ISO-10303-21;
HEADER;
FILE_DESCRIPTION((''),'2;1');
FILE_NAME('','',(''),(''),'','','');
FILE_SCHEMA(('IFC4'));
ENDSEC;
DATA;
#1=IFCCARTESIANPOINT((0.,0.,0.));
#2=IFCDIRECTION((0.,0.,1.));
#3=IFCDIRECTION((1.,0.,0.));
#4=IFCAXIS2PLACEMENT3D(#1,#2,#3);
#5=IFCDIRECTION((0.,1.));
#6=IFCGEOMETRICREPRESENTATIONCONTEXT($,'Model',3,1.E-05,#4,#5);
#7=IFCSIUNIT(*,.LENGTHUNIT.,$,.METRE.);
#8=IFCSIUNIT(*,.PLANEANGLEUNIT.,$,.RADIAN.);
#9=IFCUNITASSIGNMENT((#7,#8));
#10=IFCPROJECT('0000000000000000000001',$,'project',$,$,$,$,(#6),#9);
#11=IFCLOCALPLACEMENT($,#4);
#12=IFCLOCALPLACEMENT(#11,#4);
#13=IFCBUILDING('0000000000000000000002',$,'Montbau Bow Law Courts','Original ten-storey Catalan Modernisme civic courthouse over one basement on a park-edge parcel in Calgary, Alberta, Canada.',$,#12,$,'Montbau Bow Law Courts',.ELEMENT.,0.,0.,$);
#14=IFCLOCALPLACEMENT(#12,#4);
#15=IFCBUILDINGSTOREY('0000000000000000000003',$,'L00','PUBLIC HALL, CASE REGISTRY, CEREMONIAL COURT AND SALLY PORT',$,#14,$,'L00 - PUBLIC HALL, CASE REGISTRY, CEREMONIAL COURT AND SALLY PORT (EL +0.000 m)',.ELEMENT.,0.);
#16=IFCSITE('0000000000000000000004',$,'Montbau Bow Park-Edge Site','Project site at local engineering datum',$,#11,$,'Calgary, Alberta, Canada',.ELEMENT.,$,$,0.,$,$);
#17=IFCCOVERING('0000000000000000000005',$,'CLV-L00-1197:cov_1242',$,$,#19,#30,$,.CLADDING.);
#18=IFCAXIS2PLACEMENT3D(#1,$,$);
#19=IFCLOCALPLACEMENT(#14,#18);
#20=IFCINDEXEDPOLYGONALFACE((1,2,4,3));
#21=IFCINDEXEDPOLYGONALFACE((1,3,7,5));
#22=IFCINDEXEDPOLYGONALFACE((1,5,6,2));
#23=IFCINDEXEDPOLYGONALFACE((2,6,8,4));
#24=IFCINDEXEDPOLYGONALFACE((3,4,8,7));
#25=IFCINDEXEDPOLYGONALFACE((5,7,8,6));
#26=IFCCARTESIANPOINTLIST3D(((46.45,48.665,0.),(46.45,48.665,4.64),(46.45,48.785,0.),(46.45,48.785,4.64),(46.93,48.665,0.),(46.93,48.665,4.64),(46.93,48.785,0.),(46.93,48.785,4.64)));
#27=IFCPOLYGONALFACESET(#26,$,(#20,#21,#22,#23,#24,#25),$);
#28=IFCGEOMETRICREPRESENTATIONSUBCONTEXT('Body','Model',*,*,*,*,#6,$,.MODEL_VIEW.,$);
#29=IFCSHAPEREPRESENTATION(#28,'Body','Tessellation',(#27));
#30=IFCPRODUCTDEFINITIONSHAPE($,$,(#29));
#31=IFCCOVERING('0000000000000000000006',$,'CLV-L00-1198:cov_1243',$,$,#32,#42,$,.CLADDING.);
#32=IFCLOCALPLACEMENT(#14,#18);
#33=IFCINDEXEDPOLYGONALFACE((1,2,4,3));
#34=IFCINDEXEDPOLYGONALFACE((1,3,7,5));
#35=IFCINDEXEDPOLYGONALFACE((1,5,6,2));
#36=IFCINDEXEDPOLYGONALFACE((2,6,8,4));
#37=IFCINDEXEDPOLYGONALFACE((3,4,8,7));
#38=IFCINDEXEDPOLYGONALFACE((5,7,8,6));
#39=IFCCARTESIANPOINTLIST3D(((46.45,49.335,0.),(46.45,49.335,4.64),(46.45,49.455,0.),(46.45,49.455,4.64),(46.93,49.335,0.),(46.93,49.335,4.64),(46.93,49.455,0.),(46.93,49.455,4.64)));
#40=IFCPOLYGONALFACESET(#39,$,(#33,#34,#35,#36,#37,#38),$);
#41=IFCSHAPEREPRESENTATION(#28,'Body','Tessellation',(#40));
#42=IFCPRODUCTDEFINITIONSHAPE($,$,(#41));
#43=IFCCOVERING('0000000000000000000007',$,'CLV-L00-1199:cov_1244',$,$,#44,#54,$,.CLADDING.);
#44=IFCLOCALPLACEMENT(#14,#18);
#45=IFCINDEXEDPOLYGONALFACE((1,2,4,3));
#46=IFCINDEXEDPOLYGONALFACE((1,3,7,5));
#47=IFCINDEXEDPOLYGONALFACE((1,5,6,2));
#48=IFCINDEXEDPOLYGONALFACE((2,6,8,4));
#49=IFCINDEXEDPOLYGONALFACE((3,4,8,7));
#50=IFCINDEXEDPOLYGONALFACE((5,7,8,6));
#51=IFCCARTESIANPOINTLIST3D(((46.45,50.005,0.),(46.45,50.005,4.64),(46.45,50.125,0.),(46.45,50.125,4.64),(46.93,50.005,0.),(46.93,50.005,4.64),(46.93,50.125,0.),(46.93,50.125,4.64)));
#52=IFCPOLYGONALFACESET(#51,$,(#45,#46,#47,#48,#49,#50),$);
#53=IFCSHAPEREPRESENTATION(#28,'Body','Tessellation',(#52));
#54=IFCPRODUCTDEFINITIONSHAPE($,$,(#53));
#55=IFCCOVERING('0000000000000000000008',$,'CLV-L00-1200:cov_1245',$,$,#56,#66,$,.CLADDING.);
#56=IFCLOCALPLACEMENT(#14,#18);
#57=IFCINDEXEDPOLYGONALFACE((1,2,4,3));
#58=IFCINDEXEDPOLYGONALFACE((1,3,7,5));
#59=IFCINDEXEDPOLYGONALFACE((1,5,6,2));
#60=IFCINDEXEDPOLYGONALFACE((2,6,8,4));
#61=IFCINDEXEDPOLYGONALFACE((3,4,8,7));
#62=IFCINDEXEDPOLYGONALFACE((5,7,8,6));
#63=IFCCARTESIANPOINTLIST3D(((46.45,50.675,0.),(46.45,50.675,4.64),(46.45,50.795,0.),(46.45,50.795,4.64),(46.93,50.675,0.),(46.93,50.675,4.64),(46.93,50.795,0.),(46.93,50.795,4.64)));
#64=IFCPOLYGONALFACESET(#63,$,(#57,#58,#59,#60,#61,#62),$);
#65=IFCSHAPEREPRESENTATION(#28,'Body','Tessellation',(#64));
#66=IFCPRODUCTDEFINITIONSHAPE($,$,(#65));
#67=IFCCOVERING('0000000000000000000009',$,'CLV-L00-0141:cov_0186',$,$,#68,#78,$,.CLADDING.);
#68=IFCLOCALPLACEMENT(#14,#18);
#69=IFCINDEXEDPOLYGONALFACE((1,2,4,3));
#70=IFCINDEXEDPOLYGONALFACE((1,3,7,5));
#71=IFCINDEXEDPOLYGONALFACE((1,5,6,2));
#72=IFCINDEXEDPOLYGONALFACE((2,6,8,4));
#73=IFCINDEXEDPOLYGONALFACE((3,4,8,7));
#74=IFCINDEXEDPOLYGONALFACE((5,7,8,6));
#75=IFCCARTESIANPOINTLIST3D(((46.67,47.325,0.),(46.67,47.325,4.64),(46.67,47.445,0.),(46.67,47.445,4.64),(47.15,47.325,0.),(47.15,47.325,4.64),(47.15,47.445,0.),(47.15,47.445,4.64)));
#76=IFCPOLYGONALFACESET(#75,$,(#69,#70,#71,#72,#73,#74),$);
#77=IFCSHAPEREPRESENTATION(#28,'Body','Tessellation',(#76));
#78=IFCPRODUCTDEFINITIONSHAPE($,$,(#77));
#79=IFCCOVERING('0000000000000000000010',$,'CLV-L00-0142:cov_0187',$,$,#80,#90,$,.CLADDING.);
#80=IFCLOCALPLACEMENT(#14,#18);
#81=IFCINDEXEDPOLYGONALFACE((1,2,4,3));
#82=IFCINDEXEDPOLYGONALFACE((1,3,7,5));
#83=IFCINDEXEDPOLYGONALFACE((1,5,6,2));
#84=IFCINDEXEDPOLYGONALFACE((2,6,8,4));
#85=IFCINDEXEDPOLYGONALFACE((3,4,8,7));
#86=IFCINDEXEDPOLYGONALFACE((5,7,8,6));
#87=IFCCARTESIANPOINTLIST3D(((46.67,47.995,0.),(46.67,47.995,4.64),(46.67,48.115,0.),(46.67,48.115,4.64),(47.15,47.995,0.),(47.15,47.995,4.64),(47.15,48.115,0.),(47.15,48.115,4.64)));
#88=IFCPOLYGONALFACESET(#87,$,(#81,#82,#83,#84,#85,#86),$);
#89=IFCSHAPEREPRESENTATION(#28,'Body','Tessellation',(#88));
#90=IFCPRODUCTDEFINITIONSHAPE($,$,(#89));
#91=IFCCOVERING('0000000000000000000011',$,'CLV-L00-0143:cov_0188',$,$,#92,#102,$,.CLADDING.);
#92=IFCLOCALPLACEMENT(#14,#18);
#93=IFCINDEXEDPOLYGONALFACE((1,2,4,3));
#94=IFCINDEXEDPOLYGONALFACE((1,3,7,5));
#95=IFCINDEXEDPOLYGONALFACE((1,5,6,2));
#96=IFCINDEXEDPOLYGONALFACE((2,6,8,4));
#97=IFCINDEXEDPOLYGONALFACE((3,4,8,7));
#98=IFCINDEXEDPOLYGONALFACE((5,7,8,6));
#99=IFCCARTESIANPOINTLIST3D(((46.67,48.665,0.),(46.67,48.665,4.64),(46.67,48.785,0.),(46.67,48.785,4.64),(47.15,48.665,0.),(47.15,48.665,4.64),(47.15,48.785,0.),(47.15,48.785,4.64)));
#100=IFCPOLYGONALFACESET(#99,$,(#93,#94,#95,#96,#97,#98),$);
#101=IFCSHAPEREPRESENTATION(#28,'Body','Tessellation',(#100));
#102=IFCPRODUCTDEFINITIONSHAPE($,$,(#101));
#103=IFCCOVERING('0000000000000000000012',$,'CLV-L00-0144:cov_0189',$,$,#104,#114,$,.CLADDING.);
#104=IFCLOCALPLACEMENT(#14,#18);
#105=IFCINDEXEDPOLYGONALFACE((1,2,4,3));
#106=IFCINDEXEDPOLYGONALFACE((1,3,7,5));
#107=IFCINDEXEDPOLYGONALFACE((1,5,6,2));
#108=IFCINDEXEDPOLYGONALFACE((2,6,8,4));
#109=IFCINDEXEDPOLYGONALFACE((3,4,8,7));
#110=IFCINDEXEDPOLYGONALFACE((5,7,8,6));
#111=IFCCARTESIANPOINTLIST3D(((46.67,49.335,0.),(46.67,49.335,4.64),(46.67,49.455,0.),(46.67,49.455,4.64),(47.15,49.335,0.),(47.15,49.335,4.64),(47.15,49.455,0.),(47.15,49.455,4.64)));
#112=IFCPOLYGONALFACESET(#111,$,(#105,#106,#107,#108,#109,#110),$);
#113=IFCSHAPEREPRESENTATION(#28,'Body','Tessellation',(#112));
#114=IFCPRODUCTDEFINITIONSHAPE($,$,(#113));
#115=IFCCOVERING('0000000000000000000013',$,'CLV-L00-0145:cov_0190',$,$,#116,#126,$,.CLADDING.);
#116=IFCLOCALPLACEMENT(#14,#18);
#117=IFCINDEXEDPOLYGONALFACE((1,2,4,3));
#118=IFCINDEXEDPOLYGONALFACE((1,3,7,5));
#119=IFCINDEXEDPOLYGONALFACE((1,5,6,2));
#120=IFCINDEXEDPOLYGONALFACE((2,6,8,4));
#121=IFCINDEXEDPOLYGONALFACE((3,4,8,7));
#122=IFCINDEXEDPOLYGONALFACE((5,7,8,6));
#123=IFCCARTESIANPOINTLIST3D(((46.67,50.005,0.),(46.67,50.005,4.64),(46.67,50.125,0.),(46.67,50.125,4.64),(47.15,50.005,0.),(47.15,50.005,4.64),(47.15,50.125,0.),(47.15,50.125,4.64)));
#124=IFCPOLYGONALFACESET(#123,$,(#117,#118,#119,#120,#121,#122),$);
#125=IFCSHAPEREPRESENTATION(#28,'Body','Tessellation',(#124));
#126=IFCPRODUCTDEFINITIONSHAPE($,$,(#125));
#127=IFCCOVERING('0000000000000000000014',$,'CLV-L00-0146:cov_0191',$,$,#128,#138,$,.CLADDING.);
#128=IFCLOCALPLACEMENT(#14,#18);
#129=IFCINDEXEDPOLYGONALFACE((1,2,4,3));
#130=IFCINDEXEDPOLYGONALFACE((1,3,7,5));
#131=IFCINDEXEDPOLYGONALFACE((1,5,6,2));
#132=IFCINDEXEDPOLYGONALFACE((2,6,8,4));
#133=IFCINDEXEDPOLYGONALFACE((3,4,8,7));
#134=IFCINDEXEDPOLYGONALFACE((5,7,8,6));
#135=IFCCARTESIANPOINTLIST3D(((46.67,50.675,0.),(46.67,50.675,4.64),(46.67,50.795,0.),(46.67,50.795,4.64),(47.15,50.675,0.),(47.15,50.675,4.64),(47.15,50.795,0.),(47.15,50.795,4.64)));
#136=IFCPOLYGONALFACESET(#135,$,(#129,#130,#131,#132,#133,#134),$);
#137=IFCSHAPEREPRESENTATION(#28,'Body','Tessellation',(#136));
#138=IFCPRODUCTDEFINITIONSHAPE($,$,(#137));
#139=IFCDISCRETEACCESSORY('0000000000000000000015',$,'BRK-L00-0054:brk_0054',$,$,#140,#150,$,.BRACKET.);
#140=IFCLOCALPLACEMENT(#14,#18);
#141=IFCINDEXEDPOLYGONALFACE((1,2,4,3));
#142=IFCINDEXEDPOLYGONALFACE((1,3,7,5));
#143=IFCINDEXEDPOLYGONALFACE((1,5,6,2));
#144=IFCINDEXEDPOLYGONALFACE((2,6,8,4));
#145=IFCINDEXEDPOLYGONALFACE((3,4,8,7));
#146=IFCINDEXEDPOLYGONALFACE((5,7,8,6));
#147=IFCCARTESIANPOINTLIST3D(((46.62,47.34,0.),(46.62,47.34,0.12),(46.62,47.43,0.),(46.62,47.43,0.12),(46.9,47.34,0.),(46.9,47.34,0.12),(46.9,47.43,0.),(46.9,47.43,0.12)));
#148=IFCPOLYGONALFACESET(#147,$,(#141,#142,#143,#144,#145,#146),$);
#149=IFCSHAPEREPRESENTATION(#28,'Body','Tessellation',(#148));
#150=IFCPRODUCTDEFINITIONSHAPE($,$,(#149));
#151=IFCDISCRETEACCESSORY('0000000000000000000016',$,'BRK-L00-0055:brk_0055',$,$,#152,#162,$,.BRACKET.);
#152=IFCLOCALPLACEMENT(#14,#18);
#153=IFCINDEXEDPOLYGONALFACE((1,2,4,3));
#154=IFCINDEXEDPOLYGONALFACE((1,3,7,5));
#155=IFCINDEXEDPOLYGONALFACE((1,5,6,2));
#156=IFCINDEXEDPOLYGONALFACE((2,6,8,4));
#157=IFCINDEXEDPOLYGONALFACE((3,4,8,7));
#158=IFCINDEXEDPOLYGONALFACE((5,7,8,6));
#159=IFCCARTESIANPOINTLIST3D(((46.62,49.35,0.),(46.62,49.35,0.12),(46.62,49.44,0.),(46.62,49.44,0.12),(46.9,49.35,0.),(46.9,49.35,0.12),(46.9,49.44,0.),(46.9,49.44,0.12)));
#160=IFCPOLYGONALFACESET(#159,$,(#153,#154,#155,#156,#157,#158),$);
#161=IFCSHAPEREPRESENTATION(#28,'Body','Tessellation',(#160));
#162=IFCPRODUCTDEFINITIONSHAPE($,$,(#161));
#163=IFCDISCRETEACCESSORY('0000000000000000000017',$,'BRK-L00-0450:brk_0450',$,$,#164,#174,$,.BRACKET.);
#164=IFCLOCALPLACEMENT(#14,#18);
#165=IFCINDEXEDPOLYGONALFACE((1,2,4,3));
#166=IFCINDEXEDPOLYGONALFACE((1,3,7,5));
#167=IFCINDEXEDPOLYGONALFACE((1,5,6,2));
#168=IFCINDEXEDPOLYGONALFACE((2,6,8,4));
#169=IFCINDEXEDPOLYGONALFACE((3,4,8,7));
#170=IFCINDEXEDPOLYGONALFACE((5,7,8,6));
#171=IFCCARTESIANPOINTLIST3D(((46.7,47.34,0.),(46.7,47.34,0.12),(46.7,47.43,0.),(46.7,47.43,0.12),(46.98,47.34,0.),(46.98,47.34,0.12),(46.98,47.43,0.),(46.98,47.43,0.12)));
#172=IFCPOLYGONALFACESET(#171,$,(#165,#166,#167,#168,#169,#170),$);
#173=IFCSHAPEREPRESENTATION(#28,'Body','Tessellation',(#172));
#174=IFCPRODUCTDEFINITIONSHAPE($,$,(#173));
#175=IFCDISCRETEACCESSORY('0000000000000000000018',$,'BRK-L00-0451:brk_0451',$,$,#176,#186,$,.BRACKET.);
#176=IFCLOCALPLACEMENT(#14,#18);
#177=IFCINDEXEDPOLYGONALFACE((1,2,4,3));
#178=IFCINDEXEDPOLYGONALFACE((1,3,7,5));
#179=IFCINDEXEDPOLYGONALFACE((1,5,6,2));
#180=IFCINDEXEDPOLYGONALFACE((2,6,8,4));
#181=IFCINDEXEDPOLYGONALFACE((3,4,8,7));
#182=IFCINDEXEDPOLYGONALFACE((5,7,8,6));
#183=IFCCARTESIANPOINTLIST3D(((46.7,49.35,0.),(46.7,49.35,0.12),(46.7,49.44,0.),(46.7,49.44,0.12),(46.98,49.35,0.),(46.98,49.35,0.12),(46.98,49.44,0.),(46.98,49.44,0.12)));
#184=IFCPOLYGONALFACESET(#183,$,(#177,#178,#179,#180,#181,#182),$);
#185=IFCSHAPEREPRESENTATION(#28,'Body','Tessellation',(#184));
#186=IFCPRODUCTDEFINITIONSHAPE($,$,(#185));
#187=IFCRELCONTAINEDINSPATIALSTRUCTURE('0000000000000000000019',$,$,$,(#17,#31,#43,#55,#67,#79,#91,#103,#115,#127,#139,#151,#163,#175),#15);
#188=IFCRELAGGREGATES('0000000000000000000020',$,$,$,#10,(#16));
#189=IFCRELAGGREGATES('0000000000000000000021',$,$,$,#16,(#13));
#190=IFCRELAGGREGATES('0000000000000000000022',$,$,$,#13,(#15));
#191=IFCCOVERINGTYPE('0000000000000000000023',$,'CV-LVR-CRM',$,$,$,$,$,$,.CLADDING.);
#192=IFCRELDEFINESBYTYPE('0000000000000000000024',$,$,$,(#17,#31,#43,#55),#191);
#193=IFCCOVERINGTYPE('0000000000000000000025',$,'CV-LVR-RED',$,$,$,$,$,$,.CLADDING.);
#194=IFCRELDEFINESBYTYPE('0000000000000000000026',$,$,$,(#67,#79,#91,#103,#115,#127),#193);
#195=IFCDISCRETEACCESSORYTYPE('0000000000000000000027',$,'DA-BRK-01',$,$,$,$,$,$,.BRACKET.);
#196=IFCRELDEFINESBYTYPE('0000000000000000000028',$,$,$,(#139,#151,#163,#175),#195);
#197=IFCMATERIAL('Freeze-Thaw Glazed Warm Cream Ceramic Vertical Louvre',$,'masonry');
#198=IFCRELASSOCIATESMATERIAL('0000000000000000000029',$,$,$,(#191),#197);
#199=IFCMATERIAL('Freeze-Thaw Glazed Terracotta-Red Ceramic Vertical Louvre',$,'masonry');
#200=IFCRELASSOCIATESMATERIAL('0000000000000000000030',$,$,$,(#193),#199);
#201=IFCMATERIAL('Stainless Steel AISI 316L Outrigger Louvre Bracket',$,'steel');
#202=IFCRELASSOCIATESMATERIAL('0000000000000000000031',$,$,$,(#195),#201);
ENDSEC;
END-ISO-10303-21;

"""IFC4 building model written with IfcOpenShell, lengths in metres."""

from ifc_helpers import new_model, si_unit, direction, frame, frame_2d, origin_with_axes, origin_2d_with_axis, place, context, subcontext, project, spatial, rectangle, extrude, material, type_object, element, save


model = new_model("IFC4")

# Units and contexts
model_context = context("Model", 3, precision=1e-05, world=origin_with_axes(), true_north=direction((0.0, 1.0)))
body_context = subcontext(model_context, "Body", "Model", "MODEL_VIEW")
ifc_project = project(units=[si_unit("LENGTHUNIT", "METRE"), si_unit("PLANEANGLEUNIT", "RADIAN")], contexts=[model_context])

# Site, building, storey
site_placement = place(None, origin_with_axes())
site = spatial("IfcSite", under=ifc_project, at=site_placement, Name="Montbau Bow Park-Edge Site", Description="Project site at local engineering datum", LongName="Calgary, Alberta, Canada", CompositionType="ELEMENT", RefElevation=0.0)
building_placement = place(site_placement, origin_with_axes())
building = spatial("IfcBuilding", under=site, at=building_placement, Name="Montbau Bow Law Courts", Description="Original ten-storey Catalan Modernisme civic courthouse over one basement on a park-edge parcel in Calgary, Alberta, Canada.", LongName="Montbau Bow Law Courts", CompositionType="ELEMENT", ElevationOfRefHeight=0.0, ElevationOfTerrain=0.0)
storey_placement = place(building_placement, origin_with_axes())
storey = spatial("IfcBuildingStorey", under=building, at=storey_placement, Name="L00", Description="PUBLIC HALL, CASE REGISTRY, CEREMONIAL COURT AND SALLY PORT", LongName="L00 - PUBLIC HALL, CASE REGISTRY, CEREMONIAL COURT AND SALLY PORT (EL +0.000 m)", CompositionType="ELEMENT", Elevation=0.0)

# Coverings
ifc_material_1 = material(Name="Freeze-Thaw Glazed Warm Cream Ceramic Vertical Louvre", Category="masonry")
covering_type_1 = type_object("IfcCoveringType", Name="CV-LVR-CRM", PredefinedType="CLADDING", material=ifc_material_1)
for number, where, z_axis, x_axis, name in (
    (1, (46.93, 48.725, 0.0), (0.0, 1.0, 0.0), (-1.0, 0.0, 0.0), "CLV-L00-1197:cov_1242"),
    (2, (46.93, 49.395, 0.0), (0.0, 1.0, 0.0), (-1.0, 0.0, 0.0), "CLV-L00-1198:cov_1243"),
    (3, (46.93, 50.065, 0.0), (0.0, 1.0, 0.0), (-1.0, 0.0, 0.0), "CLV-L00-1199:cov_1244"),
    (4, (46.93, 50.735, 0.0), (0.0, 1.0, 0.0), (-1.0, 0.0, 0.0), "CLV-L00-1200:cov_1245"),
):
    element("IfcCovering", number, at=place(None, frame(where, z_axis=z_axis, x_axis=x_axis)), inside=storey, type_object=covering_type_1, Name=name, PredefinedType="CLADDING", context=body_context, shape_type="SweptSolid", body=[
        extrude(rectangle(XDim=0.48, YDim=4.64, at=frame_2d((0.24, 2.32), x_axis=(1.0, 0.0))), frame((0.0, 0.0, -0.06), z_axis=(0.0, 0.0, 1.0), x_axis=(1.0, 0.0, 0.0)), (0.0, 0.0, 1.0), 0.12),
    ])
ifc_material_2 = material(Name="Freeze-Thaw Glazed Terracotta-Red Ceramic Vertical Louvre", Category="masonry")
covering_type_2 = type_object("IfcCoveringType", Name="CV-LVR-RED", PredefinedType="CLADDING", material=ifc_material_2)
for number, where, z_axis, x_axis, name in (
    (5, (46.67, 47.385, 0.0), (0.0, -1.0, 0.0), (1.0, 0.0, 0.0), "CLV-L00-0141:cov_0186"),
    (6, (46.67, 48.055, 0.0), (0.0, -1.0, 0.0), (1.0, 0.0, 0.0), "CLV-L00-0142:cov_0187"),
    (7, (46.67, 48.725, 0.0), (0.0, -1.0, 0.0), (1.0, 0.0, 0.0), "CLV-L00-0143:cov_0188"),
    (8, (46.67, 49.395, 0.0), (0.0, -1.0, 0.0), (1.0, 0.0, 0.0), "CLV-L00-0144:cov_0189"),
    (9, (46.67, 50.065, 0.0), (0.0, -1.0, 0.0), (1.0, 0.0, 0.0), "CLV-L00-0145:cov_0190"),
    (10, (46.67, 50.735, 0.0), (0.0, -1.0, 0.0), (1.0, 0.0, 0.0), "CLV-L00-0146:cov_0191"),
):
    element("IfcCovering", number, at=place(None, frame(where, z_axis=z_axis, x_axis=x_axis)), inside=storey, type_object=covering_type_2, Name=name, PredefinedType="CLADDING", context=body_context, shape_type="SweptSolid", body=[
        extrude(rectangle(XDim=0.48, YDim=4.64, at=frame_2d((0.24, 2.32), x_axis=(1.0, 0.0))), frame((0.0, 0.0, -0.06), z_axis=(0.0, 0.0, 1.0), x_axis=(1.0, 0.0, 0.0)), (0.0, 0.0, 1.0), 0.12),
    ])

# Discrete accessories
ifc_material_3 = material(Name="Stainless Steel AISI 316L Outrigger Louvre Bracket", Category="steel")
discrete_accessory_type = type_object("IfcDiscreteAccessoryType", Name="DA-BRK-01", PredefinedType="BRACKET", material=ifc_material_3)
for number, where, z_axis, x_axis, name in (
    (11, (46.76, 47.385, 0.0), (0.0, 0.0, 1.0), (1.0, 0.0, 0.0), "BRK-L00-0054:brk_0054"),
    (12, (46.76, 49.395, 0.0), (0.0, 0.0, 1.0), (1.0, 0.0, 0.0), "BRK-L00-0055:brk_0055"),
    (13, (46.84, 47.385, 0.0), (0.0, 0.0, 1.0), (-1.0, 0.0, 0.0), "BRK-L00-0450:brk_0450"),
    (14, (46.84, 49.395, 0.0), (0.0, 0.0, 1.0), (-1.0, 0.0, 0.0), "BRK-L00-0451:brk_0451"),
):
    element("IfcDiscreteAccessory", number, at=place(None, frame(where, z_axis=z_axis, x_axis=x_axis)), inside=storey, type_object=discrete_accessory_type, Name=name, PredefinedType="BRACKET", context=body_context, shape_type="SweptSolid", body=[
        extrude(rectangle(XDim=0.28, YDim=0.09, at=origin_2d_with_axis()), origin_with_axes(), (0.0, 0.0, 1.0), 0.12),
    ])

save(model, "model.ifc")
